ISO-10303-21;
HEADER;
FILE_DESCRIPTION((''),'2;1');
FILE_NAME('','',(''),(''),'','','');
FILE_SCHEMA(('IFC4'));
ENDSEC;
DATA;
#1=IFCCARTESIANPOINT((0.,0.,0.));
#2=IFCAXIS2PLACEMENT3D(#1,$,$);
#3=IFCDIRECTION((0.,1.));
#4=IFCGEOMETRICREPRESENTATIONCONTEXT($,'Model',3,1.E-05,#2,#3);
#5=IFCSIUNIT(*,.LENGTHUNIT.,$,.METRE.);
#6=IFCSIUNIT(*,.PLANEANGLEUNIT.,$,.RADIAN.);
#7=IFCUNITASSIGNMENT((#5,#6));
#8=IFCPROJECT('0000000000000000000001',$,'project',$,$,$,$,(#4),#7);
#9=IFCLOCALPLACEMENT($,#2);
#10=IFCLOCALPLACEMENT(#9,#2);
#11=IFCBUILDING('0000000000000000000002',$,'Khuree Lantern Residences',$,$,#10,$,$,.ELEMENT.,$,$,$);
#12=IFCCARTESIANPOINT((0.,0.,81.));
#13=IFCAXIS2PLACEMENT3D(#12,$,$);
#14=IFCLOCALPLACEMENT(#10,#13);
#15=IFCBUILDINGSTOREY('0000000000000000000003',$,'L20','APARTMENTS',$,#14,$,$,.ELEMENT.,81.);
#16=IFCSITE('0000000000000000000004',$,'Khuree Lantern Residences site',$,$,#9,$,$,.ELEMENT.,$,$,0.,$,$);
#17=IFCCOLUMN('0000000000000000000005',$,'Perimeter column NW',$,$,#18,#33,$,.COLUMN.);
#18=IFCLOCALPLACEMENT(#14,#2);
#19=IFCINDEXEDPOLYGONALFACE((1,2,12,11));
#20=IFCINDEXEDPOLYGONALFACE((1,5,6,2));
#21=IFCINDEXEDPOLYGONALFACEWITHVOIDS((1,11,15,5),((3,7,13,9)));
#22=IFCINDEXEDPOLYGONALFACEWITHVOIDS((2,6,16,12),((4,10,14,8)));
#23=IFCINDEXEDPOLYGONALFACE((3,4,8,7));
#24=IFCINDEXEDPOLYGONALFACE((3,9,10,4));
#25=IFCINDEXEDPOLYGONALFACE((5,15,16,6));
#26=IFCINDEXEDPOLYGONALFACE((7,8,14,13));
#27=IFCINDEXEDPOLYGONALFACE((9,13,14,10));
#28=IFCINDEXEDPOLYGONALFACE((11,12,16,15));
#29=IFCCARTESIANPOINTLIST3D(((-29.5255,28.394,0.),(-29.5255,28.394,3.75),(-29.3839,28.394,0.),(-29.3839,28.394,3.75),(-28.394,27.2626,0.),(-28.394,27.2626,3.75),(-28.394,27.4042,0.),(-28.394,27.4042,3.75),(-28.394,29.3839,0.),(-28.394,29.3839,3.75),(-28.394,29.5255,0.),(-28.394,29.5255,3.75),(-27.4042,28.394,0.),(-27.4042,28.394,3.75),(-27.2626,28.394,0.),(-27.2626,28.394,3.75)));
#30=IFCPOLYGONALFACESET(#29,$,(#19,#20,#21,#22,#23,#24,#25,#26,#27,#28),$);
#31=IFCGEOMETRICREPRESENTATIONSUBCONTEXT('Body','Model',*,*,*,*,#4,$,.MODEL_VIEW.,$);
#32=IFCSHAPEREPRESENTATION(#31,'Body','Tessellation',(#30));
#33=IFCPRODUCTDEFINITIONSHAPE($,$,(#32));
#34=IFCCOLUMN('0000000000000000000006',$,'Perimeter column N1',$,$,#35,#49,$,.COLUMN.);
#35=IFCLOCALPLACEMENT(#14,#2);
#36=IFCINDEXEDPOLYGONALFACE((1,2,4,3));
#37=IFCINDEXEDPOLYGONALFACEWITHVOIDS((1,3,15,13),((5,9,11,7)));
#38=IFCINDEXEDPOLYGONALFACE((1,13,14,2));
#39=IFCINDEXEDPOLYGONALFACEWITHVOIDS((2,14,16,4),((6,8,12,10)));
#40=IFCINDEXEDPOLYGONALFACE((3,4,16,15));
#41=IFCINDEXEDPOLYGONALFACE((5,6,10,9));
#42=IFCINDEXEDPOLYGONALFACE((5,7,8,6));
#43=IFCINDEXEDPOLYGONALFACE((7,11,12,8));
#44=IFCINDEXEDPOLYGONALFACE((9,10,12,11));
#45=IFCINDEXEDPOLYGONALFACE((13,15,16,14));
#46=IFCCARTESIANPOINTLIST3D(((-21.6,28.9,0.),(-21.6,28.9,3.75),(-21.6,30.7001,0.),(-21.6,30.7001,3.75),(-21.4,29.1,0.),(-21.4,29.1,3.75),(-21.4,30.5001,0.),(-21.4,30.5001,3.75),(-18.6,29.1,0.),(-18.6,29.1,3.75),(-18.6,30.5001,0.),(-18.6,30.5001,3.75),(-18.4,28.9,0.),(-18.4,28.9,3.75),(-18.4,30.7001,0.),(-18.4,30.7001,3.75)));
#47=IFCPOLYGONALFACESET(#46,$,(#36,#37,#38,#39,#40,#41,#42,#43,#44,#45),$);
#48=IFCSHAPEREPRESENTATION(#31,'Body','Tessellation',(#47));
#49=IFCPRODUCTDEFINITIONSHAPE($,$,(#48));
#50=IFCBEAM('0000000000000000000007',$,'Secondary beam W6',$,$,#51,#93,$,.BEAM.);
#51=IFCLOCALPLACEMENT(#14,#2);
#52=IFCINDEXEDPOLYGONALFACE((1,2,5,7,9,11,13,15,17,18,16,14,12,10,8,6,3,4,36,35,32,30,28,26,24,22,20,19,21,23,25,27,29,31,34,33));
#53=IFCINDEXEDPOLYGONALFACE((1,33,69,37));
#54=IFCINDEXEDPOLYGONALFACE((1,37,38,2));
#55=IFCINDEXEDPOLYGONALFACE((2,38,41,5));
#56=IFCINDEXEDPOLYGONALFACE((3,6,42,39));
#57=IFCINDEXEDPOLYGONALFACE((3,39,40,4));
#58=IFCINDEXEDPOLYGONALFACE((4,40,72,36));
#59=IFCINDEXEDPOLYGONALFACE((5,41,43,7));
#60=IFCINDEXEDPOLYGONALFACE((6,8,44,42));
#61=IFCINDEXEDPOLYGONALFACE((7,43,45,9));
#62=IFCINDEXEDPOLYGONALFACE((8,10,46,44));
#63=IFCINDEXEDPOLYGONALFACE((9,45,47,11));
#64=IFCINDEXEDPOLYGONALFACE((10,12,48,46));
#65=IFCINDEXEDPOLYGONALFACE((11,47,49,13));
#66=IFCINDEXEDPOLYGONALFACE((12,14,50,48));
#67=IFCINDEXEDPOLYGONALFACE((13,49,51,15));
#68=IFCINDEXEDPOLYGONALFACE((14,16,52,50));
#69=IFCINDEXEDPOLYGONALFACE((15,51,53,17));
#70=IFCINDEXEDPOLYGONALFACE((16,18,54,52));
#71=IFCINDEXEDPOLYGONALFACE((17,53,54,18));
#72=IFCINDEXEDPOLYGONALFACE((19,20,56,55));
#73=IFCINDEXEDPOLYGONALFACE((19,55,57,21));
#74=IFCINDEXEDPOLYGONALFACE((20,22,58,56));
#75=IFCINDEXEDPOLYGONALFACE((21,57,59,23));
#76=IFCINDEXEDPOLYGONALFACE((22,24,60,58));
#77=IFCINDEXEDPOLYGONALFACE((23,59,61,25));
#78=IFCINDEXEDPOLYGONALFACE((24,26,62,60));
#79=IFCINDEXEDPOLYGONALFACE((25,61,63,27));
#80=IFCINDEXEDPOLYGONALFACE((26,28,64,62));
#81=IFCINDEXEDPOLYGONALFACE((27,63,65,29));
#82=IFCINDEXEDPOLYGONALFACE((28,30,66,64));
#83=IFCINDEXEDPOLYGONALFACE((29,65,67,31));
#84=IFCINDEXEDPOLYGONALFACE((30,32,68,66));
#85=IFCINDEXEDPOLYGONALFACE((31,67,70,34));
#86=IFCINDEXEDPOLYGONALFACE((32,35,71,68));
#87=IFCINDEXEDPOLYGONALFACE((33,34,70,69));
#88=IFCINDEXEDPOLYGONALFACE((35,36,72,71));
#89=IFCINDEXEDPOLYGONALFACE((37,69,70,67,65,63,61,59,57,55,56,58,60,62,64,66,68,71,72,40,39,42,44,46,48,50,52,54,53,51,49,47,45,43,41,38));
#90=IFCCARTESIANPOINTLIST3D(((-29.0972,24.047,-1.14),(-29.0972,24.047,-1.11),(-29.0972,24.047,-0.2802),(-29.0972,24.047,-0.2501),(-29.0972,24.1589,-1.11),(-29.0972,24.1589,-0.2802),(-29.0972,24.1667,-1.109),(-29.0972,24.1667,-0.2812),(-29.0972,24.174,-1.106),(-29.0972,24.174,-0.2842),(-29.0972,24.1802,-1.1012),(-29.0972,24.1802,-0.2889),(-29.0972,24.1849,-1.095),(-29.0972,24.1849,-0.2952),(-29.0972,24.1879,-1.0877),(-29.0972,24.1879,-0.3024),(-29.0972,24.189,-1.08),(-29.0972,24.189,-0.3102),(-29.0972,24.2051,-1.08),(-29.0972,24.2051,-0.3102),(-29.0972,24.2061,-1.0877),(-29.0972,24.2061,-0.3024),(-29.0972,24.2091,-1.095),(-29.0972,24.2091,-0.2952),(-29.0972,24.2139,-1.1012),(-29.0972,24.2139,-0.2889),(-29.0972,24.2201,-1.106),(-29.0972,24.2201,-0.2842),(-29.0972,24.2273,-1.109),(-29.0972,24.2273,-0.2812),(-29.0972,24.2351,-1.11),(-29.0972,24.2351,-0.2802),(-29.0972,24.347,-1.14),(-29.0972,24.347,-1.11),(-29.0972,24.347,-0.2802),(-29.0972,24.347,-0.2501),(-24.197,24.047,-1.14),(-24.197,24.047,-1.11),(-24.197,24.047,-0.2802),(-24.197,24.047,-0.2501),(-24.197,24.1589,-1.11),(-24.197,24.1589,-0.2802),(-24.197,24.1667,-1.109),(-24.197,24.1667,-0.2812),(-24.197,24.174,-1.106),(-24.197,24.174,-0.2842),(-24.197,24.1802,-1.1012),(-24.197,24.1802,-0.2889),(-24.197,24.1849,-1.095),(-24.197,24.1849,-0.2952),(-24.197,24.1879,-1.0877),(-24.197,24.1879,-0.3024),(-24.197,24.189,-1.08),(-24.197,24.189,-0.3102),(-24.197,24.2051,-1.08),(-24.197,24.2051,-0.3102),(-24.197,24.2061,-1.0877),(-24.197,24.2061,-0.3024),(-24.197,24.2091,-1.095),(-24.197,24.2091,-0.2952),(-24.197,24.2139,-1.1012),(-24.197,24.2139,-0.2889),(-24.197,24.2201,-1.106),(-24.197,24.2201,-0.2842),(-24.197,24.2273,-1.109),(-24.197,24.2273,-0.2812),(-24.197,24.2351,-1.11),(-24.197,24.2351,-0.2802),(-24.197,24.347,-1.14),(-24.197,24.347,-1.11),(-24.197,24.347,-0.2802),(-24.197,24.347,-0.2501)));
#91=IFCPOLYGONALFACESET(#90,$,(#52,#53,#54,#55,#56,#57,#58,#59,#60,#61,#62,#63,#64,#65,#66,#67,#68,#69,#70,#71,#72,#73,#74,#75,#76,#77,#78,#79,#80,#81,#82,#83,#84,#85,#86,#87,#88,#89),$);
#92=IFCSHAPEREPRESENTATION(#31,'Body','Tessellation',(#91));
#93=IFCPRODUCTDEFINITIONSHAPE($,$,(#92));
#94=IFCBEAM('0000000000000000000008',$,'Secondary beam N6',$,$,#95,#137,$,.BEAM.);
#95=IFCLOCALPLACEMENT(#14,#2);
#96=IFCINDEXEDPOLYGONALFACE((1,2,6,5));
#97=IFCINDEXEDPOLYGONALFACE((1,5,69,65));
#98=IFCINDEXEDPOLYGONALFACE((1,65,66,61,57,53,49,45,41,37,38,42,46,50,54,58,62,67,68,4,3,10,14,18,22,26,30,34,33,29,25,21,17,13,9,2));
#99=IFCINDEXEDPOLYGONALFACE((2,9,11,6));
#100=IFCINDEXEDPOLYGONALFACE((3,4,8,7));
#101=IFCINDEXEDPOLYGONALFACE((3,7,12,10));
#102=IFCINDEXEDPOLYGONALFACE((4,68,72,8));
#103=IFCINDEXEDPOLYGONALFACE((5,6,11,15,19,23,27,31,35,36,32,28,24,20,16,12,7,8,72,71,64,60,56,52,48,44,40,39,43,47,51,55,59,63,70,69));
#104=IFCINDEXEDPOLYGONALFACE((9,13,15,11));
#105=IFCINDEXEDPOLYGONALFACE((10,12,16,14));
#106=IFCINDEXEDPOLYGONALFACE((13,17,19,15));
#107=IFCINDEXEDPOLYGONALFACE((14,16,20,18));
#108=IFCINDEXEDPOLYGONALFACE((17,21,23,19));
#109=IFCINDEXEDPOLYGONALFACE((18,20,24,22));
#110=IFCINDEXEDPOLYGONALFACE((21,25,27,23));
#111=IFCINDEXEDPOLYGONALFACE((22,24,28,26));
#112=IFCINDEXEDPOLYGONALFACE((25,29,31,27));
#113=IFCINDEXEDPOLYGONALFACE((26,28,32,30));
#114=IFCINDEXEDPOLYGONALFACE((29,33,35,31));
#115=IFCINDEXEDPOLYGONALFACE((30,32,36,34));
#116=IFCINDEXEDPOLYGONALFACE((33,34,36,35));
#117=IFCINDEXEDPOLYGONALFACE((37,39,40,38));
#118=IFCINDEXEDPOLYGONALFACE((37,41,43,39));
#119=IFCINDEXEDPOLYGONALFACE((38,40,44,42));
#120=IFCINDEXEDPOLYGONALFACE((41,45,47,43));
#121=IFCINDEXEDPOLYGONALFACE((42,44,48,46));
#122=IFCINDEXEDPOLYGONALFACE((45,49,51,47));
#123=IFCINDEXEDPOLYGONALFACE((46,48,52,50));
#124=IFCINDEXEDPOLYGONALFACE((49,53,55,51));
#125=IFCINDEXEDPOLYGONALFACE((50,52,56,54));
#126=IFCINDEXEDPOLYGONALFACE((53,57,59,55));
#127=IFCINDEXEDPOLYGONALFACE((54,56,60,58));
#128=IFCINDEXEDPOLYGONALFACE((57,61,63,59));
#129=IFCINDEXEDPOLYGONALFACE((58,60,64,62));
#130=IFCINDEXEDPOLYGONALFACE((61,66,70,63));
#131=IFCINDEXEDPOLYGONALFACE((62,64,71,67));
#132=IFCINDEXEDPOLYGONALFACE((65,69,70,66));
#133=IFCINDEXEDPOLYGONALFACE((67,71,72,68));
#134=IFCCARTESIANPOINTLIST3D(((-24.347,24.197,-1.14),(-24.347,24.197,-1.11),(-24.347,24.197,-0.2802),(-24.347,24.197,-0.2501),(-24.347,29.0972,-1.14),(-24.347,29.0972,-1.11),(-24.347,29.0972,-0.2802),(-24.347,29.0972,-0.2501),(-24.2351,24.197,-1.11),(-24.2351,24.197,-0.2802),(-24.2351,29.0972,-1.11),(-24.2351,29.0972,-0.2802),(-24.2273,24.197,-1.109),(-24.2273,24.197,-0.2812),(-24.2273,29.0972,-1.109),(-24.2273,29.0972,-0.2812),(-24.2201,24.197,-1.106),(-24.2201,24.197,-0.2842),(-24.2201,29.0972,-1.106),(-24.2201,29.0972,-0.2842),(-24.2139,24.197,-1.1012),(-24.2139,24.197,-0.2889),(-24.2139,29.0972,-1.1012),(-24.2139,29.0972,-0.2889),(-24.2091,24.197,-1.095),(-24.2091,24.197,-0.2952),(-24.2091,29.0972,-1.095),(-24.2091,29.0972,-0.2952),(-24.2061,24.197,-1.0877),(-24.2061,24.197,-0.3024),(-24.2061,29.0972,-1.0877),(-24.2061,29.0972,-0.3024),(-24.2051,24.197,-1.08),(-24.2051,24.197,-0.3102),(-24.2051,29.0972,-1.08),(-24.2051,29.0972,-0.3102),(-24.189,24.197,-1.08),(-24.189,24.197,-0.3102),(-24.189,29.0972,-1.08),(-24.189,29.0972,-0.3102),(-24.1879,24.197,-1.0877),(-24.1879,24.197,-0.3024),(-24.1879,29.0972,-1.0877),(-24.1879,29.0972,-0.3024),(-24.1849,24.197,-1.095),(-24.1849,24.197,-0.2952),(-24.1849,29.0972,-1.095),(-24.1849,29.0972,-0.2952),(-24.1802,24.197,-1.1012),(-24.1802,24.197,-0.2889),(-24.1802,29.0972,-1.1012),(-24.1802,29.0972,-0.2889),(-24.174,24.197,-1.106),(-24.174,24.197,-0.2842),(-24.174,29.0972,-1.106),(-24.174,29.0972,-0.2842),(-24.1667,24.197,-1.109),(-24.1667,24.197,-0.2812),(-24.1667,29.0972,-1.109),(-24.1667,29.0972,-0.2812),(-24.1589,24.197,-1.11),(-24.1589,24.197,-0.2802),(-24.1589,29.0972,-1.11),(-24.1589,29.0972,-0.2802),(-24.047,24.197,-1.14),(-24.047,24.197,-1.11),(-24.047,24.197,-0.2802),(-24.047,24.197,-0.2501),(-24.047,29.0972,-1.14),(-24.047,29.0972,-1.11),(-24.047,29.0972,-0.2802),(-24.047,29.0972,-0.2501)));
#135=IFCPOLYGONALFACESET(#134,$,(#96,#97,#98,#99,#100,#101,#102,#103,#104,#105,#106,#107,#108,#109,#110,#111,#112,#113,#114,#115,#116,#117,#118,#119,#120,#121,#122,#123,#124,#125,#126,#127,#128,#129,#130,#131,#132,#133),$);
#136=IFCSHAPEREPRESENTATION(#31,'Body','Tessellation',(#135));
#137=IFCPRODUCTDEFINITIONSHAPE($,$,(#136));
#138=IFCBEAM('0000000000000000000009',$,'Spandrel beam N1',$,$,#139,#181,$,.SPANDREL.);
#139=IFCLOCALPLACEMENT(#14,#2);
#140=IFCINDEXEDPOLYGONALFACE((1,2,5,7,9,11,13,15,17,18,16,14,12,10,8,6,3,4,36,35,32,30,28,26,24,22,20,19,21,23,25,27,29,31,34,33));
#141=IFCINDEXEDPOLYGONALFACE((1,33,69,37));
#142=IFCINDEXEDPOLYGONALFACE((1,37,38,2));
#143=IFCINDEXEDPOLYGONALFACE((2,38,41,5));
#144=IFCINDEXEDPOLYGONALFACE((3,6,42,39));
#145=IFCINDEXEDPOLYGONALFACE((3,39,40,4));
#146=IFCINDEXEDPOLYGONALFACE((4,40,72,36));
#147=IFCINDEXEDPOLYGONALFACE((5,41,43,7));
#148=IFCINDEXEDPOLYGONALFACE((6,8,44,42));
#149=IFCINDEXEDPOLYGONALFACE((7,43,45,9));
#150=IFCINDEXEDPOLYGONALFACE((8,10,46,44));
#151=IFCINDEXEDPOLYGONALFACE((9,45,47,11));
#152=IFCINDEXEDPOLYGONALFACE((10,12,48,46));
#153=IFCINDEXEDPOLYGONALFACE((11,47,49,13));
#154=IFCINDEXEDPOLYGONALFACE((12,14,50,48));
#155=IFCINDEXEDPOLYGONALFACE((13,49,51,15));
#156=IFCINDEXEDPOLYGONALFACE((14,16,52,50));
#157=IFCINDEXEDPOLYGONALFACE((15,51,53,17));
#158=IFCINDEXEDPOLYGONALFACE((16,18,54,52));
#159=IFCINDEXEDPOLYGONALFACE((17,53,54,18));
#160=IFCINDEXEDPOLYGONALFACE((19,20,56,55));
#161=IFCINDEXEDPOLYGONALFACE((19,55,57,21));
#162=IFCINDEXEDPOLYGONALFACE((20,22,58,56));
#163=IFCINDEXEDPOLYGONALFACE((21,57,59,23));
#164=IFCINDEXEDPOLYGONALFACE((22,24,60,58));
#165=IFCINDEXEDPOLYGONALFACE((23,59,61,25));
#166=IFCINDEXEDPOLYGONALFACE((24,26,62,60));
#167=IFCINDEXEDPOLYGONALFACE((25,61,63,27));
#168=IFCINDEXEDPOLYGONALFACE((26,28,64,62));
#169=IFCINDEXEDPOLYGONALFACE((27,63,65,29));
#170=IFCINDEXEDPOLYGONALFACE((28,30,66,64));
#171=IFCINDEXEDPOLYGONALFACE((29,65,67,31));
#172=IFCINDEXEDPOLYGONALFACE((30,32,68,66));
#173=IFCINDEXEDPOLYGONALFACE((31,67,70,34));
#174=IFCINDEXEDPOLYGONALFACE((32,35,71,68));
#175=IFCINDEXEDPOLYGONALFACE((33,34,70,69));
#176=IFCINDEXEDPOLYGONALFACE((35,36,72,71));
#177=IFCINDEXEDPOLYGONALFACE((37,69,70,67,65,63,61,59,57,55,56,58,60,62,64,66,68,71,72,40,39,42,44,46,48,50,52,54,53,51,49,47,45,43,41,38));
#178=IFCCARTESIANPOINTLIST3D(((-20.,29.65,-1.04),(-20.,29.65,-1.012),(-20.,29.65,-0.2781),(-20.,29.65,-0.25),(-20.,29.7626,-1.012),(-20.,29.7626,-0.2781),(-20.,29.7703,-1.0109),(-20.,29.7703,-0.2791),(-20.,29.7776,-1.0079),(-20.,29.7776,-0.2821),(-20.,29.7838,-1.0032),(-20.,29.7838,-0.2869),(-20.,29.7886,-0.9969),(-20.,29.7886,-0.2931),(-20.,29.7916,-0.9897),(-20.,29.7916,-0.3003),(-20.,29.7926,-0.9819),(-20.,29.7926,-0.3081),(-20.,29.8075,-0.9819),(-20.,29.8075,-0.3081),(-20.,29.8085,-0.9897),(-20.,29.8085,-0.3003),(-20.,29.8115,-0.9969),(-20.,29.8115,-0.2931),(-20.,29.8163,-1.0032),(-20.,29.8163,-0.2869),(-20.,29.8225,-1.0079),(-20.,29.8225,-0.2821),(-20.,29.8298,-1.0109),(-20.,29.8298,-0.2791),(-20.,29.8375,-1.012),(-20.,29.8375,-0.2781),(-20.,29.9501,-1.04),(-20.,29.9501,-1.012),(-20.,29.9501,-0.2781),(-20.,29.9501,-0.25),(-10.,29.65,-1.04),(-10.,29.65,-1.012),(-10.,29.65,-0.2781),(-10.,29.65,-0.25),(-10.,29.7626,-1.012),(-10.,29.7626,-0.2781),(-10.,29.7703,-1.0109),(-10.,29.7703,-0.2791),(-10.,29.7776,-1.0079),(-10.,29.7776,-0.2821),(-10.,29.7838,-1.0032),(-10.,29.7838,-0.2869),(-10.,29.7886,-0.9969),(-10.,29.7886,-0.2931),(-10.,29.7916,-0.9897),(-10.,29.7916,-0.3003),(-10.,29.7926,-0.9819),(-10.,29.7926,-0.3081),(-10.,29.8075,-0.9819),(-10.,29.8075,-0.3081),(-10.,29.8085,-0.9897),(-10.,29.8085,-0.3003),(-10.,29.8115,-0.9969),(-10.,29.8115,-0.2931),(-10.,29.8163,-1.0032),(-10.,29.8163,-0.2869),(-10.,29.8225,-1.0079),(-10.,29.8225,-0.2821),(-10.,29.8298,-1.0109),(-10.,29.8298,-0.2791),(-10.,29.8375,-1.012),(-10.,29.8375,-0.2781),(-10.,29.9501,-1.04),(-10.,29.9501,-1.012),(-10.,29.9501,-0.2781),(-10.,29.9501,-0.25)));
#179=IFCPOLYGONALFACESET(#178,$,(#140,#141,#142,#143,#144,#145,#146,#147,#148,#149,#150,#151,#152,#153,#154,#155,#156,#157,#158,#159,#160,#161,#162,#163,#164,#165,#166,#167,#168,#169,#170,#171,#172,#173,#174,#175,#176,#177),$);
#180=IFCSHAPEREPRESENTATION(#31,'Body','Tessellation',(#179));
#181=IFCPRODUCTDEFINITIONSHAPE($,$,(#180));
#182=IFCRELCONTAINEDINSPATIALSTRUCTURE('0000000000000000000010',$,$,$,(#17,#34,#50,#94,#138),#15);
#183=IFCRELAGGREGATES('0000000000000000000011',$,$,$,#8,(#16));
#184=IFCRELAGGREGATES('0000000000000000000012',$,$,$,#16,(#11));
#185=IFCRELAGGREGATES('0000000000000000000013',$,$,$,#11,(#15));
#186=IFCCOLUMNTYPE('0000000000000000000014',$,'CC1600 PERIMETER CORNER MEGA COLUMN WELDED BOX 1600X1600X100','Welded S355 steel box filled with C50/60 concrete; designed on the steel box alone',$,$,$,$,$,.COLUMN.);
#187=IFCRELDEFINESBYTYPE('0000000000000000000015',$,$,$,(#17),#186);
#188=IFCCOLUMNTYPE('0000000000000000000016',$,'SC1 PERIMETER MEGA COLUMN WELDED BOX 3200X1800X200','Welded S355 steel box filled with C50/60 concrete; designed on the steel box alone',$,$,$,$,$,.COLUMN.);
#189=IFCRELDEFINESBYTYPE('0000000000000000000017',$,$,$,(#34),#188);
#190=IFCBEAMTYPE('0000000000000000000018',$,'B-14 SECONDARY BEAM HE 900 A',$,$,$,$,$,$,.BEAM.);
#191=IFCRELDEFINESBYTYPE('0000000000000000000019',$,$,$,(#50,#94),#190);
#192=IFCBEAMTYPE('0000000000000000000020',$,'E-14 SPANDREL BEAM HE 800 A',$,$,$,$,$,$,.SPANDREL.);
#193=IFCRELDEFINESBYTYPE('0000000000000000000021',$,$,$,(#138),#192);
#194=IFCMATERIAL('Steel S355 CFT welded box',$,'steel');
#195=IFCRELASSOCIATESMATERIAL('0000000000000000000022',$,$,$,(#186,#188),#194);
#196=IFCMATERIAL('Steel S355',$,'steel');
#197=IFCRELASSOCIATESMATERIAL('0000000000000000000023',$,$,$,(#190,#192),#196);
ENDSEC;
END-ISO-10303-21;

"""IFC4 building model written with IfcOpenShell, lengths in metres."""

from ifc_helpers import new_model, si_unit, direction, frame, origin, origin_2d, place, context, subcontext, project, spatial, hollow_rectangle, i_section, extrude, material, material_profile, profile_set, type_object, element, save


model = new_model("IFC4")

# Units and contexts
model_context = context("Model", 3, precision=1e-05, world=origin(), true_north=direction((0.0, 1.0)))
body_context = subcontext(model_context, "Body", "Model", "MODEL_VIEW")
ifc_project = project(units=[si_unit("LENGTHUNIT", "METRE"), si_unit("PLANEANGLEUNIT", "RADIAN")], contexts=[model_context])

# Site, building, storey
site_placement = place(None, origin())
site = spatial("IfcSite", under=ifc_project, at=site_placement, Name="Khuree Lantern Residences site", CompositionType="ELEMENT", RefElevation=0.0)
building_placement = place(site_placement, origin())
building = spatial("IfcBuilding", under=site, at=building_placement, Name="Khuree Lantern Residences", CompositionType="ELEMENT")
storey_placement = place(building_placement, frame((0.0, 0.0, 81.0)))
storey = spatial("IfcBuildingStorey", under=building, at=storey_placement, Name="L20", Description="APARTMENTS", CompositionType="ELEMENT", Elevation=81.0)

# Columns
ifc_material_1 = material(Name="Steel S355 CFT welded box", Category="steel")
ifc_material_profile_1 = material_profile(ifc_material_1, hollow_rectangle(XDim=1.6001, YDim=1.6001, WallThickness=0.1001, at=origin_2d()), Name="WELDED BOX 1600X1600X100")
ifc_profile_set_1 = profile_set([ifc_material_profile_1], Name="Steel S355 CFT welded box")
column_type_1 = type_object("IfcColumnType", Name="CC1600 PERIMETER CORNER MEGA COLUMN WELDED BOX 1600X1600X100", Description="Welded S355 steel box filled with C50/60 concrete; designed on the steel box alone", PredefinedType="COLUMN", material=ifc_profile_set_1)
column_1_placement = place(storey_placement, frame((-28.394, 28.394, 0.0), z_axis=(0.0, 0.0, 1.0), x_axis=(0.707107, 0.707107, 0.0)))
element("IfcColumn", 1, at=column_1_placement, inside=storey, type_object=column_type_1, Name="Perimeter column NW", PredefinedType="COLUMN", context=body_context, shape_type="SweptSolid", body=[
    extrude(hollow_rectangle(XDim=1.6001, YDim=1.6001, WallThickness=0.1001, at=origin_2d()), origin(), (0.0, 0.0, 1.0), 3.75),
])
ifc_material_profile_2 = material_profile(ifc_material_1, hollow_rectangle(XDim=3.2, YDim=1.8, WallThickness=0.2, at=origin_2d()), Name="WELDED BOX 3200X1800X200")
ifc_profile_set_2 = profile_set([ifc_material_profile_2], Name="Steel S355 CFT welded box")
column_type_2 = type_object("IfcColumnType", Name="SC1 PERIMETER MEGA COLUMN WELDED BOX 3200X1800X200", Description="Welded S355 steel box filled with C50/60 concrete; designed on the steel box alone", PredefinedType="COLUMN", material=ifc_profile_set_2)
column_2_placement = place(storey_placement, frame((-20.0, 29.8, 0.0), z_axis=(0.0, 0.0, 1.0), x_axis=(1.0, 0.0, 0.0)))
element("IfcColumn", 2, at=column_2_placement, inside=storey, type_object=column_type_2, Name="Perimeter column N1", PredefinedType="COLUMN", context=body_context, shape_type="SweptSolid", body=[
    extrude(hollow_rectangle(XDim=3.2, YDim=1.8, WallThickness=0.2, at=origin_2d()), origin(), (0.0, 0.0, 1.0), 3.75),
])

# Beams
ifc_material_2 = material(Name="Steel S355", Category="steel")
ifc_material_profile_3 = material_profile(ifc_material_2, i_section(OverallWidth=0.3, OverallDepth=0.8899, WebThickness=0.0161, FlangeThickness=0.03, FilletRadius=0.03, at=origin_2d()), Name="HE 900 A")
ifc_profile_set_3 = profile_set([ifc_material_profile_3], Name="Steel S355")
beam_type_1 = type_object("IfcBeamType", Name="B-14 SECONDARY BEAM HE 900 A", PredefinedType="BEAM", material=ifc_profile_set_3)
for number, where, z_axis, x_axis, name in (
    (3, (-29.0972, 24.197, -0.6951), (1.0, 0.0, 0.0), (0.0, 1.0, 0.0), "Secondary beam W6"),
    (4, (-24.197, 29.0972, -0.6951), (0.0, -1.0, 0.0), (1.0, 0.0, 0.0), "Secondary beam N6"),
):
    element("IfcBeam", number, at=place(storey_placement, frame(where, z_axis=z_axis, x_axis=x_axis)), inside=storey, type_object=beam_type_1, Name=name, PredefinedType="BEAM", context=body_context, shape_type="SweptSolid", body=[
        extrude(i_section(OverallWidth=0.3, OverallDepth=0.8899, WebThickness=0.0161, FlangeThickness=0.03, FilletRadius=0.03, at=origin_2d()), origin(), (0.0, 0.0, 1.0), 4.9001),
    ])
ifc_material_profile_4 = material_profile(ifc_material_2, i_section(OverallWidth=0.3, OverallDepth=0.79, WebThickness=0.0149, FlangeThickness=0.0281, FilletRadius=0.03, at=origin_2d()), Name="HE 800 A")
ifc_profile_set_4 = profile_set([ifc_material_profile_4], Name="Steel S355")
beam_type_2 = type_object("IfcBeamType", Name="E-14 SPANDREL BEAM HE 800 A", PredefinedType="SPANDREL", material=ifc_profile_set_4)
beam_1_placement = place(storey_placement, frame((-20.0, 29.8, -0.645), z_axis=(1.0, 0.0, 0.0), x_axis=(0.0, 1.0, 0.0)))
element("IfcBeam", 5, at=beam_1_placement, inside=storey, type_object=beam_type_2, Name="Spandrel beam N1", PredefinedType="SPANDREL", context=body_context, shape_type="SweptSolid", body=[
    extrude(i_section(OverallWidth=0.3, OverallDepth=0.79, WebThickness=0.0149, FlangeThickness=0.0281, FilletRadius=0.03, at=origin_2d()), origin(), (0.0, 0.0, 1.0), 10.0),
])

save(model, "model.ifc")
